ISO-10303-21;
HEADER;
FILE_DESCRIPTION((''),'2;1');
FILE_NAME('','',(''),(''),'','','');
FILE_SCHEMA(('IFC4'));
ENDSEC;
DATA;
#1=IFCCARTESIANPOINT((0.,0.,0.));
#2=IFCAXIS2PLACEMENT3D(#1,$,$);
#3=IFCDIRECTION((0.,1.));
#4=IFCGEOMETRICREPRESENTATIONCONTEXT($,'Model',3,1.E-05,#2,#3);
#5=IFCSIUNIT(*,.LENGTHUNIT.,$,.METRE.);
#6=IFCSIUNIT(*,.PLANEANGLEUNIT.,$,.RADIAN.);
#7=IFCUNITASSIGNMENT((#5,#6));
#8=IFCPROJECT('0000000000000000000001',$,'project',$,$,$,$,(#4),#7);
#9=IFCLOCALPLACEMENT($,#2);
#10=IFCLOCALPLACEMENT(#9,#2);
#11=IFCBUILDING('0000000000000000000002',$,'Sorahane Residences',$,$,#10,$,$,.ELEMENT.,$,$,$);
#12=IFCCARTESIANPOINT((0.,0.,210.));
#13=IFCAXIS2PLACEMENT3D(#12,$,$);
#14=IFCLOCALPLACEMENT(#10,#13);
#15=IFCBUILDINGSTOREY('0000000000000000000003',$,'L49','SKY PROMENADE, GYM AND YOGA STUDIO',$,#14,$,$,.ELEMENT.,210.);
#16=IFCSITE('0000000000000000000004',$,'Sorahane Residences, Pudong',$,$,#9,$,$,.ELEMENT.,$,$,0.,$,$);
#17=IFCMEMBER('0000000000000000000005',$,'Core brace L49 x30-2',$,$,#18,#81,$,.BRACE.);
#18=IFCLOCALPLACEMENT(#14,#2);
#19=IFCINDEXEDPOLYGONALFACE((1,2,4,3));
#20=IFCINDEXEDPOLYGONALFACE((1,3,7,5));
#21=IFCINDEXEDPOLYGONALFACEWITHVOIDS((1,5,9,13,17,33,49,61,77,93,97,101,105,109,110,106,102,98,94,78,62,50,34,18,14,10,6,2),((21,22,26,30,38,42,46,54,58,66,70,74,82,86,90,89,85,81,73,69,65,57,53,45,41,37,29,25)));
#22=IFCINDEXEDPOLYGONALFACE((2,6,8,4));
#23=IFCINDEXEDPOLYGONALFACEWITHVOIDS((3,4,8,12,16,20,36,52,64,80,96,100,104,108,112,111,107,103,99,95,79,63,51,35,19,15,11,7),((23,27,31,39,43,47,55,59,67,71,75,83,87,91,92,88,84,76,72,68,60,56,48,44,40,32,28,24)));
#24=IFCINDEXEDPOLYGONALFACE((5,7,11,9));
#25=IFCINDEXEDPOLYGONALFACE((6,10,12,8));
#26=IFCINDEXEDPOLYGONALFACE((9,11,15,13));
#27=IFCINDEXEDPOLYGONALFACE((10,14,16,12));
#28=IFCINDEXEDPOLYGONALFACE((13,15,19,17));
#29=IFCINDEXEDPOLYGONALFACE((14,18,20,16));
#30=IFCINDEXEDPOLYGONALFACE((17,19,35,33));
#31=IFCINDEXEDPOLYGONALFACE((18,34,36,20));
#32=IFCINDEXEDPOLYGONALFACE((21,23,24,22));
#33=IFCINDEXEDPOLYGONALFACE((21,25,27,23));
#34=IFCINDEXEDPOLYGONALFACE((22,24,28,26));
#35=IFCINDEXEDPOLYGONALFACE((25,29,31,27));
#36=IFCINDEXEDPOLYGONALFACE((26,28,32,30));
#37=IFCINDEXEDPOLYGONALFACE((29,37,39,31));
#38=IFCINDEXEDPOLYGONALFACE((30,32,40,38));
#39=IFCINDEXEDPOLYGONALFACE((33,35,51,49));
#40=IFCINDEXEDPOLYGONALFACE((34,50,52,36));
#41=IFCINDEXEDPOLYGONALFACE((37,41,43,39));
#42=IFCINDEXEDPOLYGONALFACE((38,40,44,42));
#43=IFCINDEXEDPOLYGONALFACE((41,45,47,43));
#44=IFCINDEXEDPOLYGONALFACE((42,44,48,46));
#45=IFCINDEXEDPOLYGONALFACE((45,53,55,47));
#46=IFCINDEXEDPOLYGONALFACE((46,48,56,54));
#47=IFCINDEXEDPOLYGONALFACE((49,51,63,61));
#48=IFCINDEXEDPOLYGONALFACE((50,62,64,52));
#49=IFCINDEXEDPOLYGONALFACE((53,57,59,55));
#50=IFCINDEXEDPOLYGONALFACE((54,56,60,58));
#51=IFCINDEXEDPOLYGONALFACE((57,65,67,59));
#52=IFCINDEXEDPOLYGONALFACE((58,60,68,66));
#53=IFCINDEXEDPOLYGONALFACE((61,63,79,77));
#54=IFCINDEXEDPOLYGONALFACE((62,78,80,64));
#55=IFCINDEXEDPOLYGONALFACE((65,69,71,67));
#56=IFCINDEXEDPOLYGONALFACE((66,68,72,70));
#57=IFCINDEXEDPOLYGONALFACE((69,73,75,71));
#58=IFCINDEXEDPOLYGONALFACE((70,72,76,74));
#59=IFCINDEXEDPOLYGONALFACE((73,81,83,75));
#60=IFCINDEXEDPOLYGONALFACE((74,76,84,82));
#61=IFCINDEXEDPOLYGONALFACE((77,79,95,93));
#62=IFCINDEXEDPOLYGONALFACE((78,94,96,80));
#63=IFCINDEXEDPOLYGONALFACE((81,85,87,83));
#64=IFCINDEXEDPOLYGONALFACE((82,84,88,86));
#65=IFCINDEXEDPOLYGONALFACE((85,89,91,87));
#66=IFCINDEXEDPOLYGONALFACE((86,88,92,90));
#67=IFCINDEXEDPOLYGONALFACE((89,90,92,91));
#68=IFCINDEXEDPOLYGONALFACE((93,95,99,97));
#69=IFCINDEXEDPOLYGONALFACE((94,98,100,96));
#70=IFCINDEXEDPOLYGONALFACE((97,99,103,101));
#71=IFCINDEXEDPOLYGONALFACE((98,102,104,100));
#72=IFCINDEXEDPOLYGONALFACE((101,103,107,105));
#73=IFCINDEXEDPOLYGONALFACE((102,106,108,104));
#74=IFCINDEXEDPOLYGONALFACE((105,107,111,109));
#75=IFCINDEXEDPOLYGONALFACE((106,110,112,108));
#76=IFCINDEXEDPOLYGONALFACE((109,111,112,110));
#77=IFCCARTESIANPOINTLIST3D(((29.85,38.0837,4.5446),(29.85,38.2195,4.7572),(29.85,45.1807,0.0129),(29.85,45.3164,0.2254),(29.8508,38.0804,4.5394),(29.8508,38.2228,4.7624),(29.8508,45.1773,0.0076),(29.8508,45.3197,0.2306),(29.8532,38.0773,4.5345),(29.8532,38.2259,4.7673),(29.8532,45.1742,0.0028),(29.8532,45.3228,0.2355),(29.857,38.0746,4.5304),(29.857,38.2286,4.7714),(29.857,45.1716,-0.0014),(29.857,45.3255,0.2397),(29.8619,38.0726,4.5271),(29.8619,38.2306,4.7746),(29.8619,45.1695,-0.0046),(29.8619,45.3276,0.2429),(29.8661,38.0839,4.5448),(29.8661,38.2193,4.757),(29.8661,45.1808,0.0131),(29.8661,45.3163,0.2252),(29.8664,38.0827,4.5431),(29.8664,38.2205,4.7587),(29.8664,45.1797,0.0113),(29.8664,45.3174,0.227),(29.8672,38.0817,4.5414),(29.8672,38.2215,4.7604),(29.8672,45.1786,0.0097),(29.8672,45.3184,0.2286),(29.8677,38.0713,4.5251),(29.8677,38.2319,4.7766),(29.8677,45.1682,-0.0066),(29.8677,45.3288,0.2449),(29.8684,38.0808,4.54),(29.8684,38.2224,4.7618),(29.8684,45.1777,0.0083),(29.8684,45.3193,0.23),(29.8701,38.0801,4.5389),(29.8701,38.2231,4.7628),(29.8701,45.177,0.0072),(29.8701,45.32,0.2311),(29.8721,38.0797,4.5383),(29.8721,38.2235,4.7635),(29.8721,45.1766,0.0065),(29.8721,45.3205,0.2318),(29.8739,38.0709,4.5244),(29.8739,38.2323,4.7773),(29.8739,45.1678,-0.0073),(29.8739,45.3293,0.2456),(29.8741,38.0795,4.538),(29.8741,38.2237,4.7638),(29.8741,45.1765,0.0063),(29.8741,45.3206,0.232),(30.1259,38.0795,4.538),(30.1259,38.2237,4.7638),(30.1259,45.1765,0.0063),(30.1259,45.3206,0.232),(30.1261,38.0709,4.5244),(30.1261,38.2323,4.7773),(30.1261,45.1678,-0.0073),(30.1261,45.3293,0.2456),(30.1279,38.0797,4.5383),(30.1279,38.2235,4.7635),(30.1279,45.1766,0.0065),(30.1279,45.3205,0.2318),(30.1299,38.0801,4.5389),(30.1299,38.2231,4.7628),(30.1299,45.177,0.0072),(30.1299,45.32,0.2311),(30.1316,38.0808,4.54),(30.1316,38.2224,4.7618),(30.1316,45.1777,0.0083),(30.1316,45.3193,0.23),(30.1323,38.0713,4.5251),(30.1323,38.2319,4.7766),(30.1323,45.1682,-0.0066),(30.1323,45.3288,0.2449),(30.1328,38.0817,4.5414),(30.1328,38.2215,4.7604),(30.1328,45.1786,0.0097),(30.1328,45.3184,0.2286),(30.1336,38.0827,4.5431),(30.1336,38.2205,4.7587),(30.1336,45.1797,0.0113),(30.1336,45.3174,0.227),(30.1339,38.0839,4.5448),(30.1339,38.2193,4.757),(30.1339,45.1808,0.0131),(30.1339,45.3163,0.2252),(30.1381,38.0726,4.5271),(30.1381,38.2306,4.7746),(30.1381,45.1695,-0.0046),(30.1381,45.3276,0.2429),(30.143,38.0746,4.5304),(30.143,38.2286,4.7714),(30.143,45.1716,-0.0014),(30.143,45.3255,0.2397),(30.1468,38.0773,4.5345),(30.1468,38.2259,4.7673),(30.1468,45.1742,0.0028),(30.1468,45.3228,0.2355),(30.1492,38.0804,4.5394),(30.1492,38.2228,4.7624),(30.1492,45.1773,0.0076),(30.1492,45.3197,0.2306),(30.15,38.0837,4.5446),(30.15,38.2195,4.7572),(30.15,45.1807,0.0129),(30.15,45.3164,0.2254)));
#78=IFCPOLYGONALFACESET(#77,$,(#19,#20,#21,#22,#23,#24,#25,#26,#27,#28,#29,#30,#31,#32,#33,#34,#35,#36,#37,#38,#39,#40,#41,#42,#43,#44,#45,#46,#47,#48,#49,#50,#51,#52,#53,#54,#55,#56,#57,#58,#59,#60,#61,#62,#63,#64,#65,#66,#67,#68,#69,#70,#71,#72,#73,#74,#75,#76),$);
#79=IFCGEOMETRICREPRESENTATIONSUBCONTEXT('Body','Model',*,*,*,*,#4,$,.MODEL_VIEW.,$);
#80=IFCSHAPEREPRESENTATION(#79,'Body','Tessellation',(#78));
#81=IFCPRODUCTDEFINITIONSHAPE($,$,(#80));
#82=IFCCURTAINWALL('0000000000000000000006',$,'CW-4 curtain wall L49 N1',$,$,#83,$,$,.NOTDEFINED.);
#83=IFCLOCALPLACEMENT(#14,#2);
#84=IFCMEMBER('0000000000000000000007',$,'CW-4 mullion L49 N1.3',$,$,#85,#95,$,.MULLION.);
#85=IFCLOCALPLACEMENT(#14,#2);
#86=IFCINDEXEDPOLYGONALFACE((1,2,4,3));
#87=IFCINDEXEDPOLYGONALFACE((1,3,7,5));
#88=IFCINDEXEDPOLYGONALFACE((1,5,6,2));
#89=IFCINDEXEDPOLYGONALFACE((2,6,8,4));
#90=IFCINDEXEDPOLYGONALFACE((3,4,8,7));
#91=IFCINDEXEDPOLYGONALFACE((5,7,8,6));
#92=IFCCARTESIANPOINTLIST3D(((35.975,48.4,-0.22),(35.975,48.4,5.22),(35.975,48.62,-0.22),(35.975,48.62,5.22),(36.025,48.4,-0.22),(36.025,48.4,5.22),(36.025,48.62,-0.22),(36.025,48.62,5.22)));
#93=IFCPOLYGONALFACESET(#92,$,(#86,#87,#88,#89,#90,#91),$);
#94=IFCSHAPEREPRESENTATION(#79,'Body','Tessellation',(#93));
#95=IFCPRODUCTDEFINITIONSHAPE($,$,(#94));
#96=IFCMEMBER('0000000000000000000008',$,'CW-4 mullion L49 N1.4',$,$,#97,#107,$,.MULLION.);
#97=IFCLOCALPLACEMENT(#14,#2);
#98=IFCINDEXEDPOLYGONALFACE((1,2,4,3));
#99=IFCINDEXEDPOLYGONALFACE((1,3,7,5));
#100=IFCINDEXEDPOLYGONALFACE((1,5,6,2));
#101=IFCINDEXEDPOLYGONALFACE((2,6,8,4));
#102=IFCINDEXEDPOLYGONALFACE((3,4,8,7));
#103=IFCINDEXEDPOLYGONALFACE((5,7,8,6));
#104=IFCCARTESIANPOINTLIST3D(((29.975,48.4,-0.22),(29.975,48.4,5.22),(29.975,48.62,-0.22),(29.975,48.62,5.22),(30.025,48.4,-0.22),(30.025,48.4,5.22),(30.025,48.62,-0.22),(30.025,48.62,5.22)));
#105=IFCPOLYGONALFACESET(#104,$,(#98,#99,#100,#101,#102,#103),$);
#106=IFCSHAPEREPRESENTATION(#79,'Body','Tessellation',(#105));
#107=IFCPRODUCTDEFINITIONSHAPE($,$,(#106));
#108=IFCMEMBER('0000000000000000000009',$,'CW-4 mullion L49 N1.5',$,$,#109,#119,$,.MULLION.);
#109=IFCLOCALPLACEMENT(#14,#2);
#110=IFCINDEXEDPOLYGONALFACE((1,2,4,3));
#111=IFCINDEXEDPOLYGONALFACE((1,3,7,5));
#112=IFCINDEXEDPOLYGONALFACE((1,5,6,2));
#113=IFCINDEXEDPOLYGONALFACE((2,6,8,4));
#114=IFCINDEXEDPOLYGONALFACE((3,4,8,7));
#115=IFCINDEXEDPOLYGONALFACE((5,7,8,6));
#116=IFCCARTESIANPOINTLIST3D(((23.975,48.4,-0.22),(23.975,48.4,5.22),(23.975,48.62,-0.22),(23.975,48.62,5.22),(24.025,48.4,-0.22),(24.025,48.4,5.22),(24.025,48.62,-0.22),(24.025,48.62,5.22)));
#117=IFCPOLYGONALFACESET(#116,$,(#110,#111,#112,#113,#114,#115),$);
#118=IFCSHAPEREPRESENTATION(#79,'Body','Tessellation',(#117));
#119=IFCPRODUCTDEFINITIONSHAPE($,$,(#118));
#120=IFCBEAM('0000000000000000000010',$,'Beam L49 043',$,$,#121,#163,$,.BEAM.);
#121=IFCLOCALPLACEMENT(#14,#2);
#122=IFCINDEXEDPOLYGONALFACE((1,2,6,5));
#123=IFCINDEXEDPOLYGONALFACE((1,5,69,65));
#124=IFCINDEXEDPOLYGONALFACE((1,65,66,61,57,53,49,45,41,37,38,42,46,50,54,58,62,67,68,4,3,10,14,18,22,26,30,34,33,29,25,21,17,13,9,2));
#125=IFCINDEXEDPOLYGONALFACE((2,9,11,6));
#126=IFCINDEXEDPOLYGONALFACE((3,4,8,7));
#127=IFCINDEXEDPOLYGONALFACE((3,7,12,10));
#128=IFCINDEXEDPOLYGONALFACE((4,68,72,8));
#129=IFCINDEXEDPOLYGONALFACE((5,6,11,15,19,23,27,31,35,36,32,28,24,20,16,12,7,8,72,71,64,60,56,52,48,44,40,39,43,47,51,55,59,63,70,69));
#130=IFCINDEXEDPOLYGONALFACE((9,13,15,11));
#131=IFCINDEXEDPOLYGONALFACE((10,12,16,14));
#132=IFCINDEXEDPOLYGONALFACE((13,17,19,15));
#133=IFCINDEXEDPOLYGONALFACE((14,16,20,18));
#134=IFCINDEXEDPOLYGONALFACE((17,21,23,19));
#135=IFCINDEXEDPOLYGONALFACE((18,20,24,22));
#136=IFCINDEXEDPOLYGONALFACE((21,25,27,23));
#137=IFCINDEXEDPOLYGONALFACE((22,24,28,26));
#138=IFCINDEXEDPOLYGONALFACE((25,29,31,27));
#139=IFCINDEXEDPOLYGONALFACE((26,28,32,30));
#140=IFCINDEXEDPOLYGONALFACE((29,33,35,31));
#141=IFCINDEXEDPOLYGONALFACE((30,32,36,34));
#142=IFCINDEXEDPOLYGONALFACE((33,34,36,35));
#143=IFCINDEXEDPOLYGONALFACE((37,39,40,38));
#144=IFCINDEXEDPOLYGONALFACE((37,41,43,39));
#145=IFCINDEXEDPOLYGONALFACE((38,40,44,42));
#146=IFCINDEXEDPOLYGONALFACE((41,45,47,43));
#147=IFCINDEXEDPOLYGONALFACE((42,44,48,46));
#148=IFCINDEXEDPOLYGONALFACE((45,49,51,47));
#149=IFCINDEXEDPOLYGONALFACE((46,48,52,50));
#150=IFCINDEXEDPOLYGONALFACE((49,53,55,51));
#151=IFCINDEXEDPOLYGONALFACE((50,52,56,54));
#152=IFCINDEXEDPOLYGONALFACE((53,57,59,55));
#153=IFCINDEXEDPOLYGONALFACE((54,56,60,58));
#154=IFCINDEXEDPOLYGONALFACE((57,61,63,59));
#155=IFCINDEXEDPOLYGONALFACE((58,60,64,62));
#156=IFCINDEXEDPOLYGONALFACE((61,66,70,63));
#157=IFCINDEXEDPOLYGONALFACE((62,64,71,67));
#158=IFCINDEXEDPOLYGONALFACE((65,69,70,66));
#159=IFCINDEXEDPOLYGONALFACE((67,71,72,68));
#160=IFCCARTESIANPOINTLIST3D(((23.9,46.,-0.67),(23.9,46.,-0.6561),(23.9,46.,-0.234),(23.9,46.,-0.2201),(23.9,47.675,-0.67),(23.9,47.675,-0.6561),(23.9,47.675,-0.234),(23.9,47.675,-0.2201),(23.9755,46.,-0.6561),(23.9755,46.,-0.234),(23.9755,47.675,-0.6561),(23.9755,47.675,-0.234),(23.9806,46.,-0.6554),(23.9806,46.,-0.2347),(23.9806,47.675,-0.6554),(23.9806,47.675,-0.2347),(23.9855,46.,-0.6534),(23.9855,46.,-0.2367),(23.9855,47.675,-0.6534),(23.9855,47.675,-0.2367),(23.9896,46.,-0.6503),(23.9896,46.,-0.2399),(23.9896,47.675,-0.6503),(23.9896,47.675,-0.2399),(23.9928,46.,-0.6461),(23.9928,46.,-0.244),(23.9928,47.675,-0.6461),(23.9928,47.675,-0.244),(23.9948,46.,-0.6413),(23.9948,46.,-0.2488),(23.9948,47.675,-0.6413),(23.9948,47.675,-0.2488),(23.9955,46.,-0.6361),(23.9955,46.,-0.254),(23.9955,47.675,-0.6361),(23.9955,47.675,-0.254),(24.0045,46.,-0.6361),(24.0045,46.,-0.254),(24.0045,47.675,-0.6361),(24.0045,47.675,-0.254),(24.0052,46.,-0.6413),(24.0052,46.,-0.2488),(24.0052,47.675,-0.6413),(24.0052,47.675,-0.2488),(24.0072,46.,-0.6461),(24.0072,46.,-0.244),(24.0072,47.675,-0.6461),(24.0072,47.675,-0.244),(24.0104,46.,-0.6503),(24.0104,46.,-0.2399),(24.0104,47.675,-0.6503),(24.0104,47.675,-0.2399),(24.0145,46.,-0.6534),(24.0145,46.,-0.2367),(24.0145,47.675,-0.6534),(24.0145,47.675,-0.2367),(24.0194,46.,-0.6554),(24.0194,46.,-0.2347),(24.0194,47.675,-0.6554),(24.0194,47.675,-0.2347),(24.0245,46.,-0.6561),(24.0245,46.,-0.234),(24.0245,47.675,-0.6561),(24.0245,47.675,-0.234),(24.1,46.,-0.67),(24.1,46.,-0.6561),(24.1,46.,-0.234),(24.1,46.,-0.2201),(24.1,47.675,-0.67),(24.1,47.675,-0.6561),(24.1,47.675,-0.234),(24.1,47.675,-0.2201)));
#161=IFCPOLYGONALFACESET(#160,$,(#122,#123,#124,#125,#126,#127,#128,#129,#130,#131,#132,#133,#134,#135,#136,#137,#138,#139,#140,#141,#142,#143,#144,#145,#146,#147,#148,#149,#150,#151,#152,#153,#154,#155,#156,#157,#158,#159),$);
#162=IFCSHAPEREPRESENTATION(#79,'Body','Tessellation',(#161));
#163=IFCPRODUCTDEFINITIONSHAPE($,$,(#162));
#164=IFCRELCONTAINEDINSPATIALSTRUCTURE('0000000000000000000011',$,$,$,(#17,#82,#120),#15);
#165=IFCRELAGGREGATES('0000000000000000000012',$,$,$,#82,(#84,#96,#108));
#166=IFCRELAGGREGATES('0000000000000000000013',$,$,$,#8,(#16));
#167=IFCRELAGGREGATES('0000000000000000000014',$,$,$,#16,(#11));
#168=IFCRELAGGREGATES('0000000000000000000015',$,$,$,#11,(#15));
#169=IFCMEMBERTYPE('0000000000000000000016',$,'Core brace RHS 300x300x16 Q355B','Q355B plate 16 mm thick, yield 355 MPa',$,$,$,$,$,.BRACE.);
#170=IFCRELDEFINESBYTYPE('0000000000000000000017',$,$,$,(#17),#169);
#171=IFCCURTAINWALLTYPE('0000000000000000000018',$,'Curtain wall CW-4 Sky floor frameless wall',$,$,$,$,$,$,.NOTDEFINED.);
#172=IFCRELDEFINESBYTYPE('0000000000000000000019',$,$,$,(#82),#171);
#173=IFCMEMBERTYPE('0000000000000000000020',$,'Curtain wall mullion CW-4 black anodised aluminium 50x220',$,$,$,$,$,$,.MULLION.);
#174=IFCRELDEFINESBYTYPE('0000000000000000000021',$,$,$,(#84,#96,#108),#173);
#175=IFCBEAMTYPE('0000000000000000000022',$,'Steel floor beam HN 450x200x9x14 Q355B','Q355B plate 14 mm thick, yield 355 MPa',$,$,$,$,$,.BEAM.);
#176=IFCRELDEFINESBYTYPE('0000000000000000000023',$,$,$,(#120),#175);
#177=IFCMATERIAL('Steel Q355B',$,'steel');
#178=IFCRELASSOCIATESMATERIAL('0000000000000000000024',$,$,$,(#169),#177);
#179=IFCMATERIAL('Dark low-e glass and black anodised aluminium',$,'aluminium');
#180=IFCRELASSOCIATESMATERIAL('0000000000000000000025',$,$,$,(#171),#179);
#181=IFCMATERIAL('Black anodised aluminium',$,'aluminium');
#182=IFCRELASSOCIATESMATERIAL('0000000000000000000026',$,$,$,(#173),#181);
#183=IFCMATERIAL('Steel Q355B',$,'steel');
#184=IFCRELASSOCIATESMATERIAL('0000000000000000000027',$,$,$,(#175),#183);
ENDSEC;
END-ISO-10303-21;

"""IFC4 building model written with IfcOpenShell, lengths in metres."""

from ifc_helpers import new_model, si_unit, direction, frame, origin, origin_2d, place, context, subcontext, project, spatial, rectangle, hollow_rectangle, i_section, extrude, material, material_profile, profile_set, type_object, element, aggregate, save


model = new_model("IFC4")

# Units and contexts
model_context = context("Model", 3, precision=1e-05, world=origin(), true_north=direction((0.0, 1.0)))
body_context = subcontext(model_context, "Body", "Model", "MODEL_VIEW")
ifc_project = project(units=[si_unit("LENGTHUNIT", "METRE"), si_unit("PLANEANGLEUNIT", "RADIAN")], contexts=[model_context])

# Site, building, storey
site_placement = place(None, origin())
site = spatial("IfcSite", under=ifc_project, at=site_placement, Name="Sorahane Residences, Pudong", CompositionType="ELEMENT", RefElevation=0.0)
building_placement = place(site_placement, origin())
building = spatial("IfcBuilding", under=site, at=building_placement, Name="Sorahane Residences", CompositionType="ELEMENT")
storey_placement = place(building_placement, frame((0.0, 0.0, 210.0)))
storey = spatial("IfcBuildingStorey", under=building, at=storey_placement, Name="L49", Description="SKY PROMENADE, GYM AND YOGA STUDIO", CompositionType="ELEMENT", Elevation=210.0)

# Member
ifc_material_1 = material(Name="Steel Q355B", Category="steel")
ifc_material_profile_1 = material_profile(ifc_material_1, hollow_rectangle(XDim=0.3, YDim=0.3, WallThickness=0.0161, InnerFilletRadius=0.0081, OuterFilletRadius=0.0239, at=origin_2d()), Name="RHS 300x300x16")
ifc_profile_set_1 = profile_set([ifc_material_profile_1], Name="Steel Q355B")
member_type_1 = type_object("IfcMemberType", Name="Core brace RHS 300x300x16 Q355B", Description="Q355B plate 16 mm thick, yield 355 MPa", PredefinedType="BRACE", material=ifc_profile_set_1)
member_1_placement = place(storey_placement, frame((30.0, 45.2485, 0.1191), z_axis=(0.0, -0.842826, 0.538186), x_axis=(1.0, 0.0, 0.0)))
element("IfcMember", 1, at=member_1_placement, inside=storey, type_object=member_type_1, Name="Core brace L49 x30-2", PredefinedType="BRACE", context=body_context, shape_type="SweptSolid", body=[
    extrude(hollow_rectangle(XDim=0.3, YDim=0.3, WallThickness=0.0161, InnerFilletRadius=0.0081, OuterFilletRadius=0.0239, at=origin_2d()), origin(), (0.0, 0.0, 1.0), 8.4204),
])

# Curtain wall, members
ifc_material_2 = material(Name="Dark low-e glass and black anodised aluminium", Category="aluminium")
curtain_wall_type = type_object("IfcCurtainWallType", Name="Curtain wall CW-4 Sky floor frameless wall", PredefinedType="NOTDEFINED", material=ifc_material_2)
curtain_wall_placement = place(storey_placement, origin())
curtain_wall = element("IfcCurtainWall", 2, at=curtain_wall_placement, inside=storey, type_object=curtain_wall_type, Name="CW-4 curtain wall L49 N1", PredefinedType="NOTDEFINED")
ifc_material_3 = material(Name="Black anodised aluminium", Category="aluminium")
ifc_material_profile_2 = material_profile(ifc_material_3, rectangle(XDim=0.22, YDim=0.05, at=origin_2d()), Name="Curtain wall mullion CW-4 black anodised aluminium 50x220")
ifc_profile_set_2 = profile_set([ifc_material_profile_2], Name="Black anodised aluminium")
member_type_2 = type_object("IfcMemberType", Name="Curtain wall mullion CW-4 black anodised aluminium 50x220", PredefinedType="MULLION", material=ifc_profile_set_2)
member_2_placement = place(storey_placement, frame((36.0, 48.51, -0.22), z_axis=(0.0, 0.0, 1.0), x_axis=(0.0, 1.0, 0.0)))
member_2 = element("IfcMember", 3, at=member_2_placement, type_object=member_type_2, Name="CW-4 mullion L49 N1.3", PredefinedType="MULLION", context=body_context, shape_type="SweptSolid", body=[
    extrude(rectangle(XDim=0.22, YDim=0.05, at=origin_2d()), origin(), (0.0, 0.0, 1.0), 5.4399),
])
member_3_placement = place(storey_placement, frame((30.0, 48.51, -0.22), z_axis=(0.0, 0.0, 1.0), x_axis=(0.0, 1.0, 0.0)))
member_3 = element("IfcMember", 4, at=member_3_placement, type_object=member_type_2, Name="CW-4 mullion L49 N1.4", PredefinedType="MULLION", context=body_context, shape_type="SweptSolid", body=[
    extrude(rectangle(XDim=0.22, YDim=0.05, at=origin_2d()), origin(), (0.0, 0.0, 1.0), 5.4399),
])
member_4_placement = place(storey_placement, frame((24.0, 48.51, -0.22), z_axis=(0.0, 0.0, 1.0), x_axis=(0.0, 1.0, 0.0)))
member_4 = element("IfcMember", 5, at=member_4_placement, type_object=member_type_2, Name="CW-4 mullion L49 N1.5", PredefinedType="MULLION", context=body_context, shape_type="SweptSolid", body=[
    extrude(rectangle(XDim=0.22, YDim=0.05, at=origin_2d()), origin(), (0.0, 0.0, 1.0), 5.4399),
])

# Beam
ifc_material_4 = material(Name="Steel Q355B", Category="steel")
ifc_material_profile_3 = material_profile(ifc_material_4, i_section(OverallWidth=0.2, OverallDepth=0.45, WebThickness=0.009, FlangeThickness=0.0139, FilletRadius=0.02, at=origin_2d()), Name="HN 450x200x9x14")
ifc_profile_set_3 = profile_set([ifc_material_profile_3], Name="Steel Q355B")
beam_type_1 = type_object("IfcBeamType", Name="Steel floor beam HN 450x200x9x14 Q355B", Description="Q355B plate 14 mm thick, yield 355 MPa", PredefinedType="BEAM", material=ifc_profile_set_3)
beam_1_placement = place(storey_placement, frame((24.0, 46.0, -0.4451), z_axis=(0.0, 1.0, 0.0), x_axis=(-1.0, 0.0, 0.0)))
element("IfcBeam", 6, at=beam_1_placement, inside=storey, type_object=beam_type_1, Name="Beam L49 043", PredefinedType="BEAM", context=body_context, shape_type="SweptSolid", body=[
    extrude(i_section(OverallWidth=0.2, OverallDepth=0.45, WebThickness=0.009, FlangeThickness=0.0139, FilletRadius=0.02, at=origin_2d()), origin(), (0.0, 0.0, 1.0), 1.675),
])

aggregate(curtain_wall, [member_2, member_3, member_4])

save(model, "model.ifc")
